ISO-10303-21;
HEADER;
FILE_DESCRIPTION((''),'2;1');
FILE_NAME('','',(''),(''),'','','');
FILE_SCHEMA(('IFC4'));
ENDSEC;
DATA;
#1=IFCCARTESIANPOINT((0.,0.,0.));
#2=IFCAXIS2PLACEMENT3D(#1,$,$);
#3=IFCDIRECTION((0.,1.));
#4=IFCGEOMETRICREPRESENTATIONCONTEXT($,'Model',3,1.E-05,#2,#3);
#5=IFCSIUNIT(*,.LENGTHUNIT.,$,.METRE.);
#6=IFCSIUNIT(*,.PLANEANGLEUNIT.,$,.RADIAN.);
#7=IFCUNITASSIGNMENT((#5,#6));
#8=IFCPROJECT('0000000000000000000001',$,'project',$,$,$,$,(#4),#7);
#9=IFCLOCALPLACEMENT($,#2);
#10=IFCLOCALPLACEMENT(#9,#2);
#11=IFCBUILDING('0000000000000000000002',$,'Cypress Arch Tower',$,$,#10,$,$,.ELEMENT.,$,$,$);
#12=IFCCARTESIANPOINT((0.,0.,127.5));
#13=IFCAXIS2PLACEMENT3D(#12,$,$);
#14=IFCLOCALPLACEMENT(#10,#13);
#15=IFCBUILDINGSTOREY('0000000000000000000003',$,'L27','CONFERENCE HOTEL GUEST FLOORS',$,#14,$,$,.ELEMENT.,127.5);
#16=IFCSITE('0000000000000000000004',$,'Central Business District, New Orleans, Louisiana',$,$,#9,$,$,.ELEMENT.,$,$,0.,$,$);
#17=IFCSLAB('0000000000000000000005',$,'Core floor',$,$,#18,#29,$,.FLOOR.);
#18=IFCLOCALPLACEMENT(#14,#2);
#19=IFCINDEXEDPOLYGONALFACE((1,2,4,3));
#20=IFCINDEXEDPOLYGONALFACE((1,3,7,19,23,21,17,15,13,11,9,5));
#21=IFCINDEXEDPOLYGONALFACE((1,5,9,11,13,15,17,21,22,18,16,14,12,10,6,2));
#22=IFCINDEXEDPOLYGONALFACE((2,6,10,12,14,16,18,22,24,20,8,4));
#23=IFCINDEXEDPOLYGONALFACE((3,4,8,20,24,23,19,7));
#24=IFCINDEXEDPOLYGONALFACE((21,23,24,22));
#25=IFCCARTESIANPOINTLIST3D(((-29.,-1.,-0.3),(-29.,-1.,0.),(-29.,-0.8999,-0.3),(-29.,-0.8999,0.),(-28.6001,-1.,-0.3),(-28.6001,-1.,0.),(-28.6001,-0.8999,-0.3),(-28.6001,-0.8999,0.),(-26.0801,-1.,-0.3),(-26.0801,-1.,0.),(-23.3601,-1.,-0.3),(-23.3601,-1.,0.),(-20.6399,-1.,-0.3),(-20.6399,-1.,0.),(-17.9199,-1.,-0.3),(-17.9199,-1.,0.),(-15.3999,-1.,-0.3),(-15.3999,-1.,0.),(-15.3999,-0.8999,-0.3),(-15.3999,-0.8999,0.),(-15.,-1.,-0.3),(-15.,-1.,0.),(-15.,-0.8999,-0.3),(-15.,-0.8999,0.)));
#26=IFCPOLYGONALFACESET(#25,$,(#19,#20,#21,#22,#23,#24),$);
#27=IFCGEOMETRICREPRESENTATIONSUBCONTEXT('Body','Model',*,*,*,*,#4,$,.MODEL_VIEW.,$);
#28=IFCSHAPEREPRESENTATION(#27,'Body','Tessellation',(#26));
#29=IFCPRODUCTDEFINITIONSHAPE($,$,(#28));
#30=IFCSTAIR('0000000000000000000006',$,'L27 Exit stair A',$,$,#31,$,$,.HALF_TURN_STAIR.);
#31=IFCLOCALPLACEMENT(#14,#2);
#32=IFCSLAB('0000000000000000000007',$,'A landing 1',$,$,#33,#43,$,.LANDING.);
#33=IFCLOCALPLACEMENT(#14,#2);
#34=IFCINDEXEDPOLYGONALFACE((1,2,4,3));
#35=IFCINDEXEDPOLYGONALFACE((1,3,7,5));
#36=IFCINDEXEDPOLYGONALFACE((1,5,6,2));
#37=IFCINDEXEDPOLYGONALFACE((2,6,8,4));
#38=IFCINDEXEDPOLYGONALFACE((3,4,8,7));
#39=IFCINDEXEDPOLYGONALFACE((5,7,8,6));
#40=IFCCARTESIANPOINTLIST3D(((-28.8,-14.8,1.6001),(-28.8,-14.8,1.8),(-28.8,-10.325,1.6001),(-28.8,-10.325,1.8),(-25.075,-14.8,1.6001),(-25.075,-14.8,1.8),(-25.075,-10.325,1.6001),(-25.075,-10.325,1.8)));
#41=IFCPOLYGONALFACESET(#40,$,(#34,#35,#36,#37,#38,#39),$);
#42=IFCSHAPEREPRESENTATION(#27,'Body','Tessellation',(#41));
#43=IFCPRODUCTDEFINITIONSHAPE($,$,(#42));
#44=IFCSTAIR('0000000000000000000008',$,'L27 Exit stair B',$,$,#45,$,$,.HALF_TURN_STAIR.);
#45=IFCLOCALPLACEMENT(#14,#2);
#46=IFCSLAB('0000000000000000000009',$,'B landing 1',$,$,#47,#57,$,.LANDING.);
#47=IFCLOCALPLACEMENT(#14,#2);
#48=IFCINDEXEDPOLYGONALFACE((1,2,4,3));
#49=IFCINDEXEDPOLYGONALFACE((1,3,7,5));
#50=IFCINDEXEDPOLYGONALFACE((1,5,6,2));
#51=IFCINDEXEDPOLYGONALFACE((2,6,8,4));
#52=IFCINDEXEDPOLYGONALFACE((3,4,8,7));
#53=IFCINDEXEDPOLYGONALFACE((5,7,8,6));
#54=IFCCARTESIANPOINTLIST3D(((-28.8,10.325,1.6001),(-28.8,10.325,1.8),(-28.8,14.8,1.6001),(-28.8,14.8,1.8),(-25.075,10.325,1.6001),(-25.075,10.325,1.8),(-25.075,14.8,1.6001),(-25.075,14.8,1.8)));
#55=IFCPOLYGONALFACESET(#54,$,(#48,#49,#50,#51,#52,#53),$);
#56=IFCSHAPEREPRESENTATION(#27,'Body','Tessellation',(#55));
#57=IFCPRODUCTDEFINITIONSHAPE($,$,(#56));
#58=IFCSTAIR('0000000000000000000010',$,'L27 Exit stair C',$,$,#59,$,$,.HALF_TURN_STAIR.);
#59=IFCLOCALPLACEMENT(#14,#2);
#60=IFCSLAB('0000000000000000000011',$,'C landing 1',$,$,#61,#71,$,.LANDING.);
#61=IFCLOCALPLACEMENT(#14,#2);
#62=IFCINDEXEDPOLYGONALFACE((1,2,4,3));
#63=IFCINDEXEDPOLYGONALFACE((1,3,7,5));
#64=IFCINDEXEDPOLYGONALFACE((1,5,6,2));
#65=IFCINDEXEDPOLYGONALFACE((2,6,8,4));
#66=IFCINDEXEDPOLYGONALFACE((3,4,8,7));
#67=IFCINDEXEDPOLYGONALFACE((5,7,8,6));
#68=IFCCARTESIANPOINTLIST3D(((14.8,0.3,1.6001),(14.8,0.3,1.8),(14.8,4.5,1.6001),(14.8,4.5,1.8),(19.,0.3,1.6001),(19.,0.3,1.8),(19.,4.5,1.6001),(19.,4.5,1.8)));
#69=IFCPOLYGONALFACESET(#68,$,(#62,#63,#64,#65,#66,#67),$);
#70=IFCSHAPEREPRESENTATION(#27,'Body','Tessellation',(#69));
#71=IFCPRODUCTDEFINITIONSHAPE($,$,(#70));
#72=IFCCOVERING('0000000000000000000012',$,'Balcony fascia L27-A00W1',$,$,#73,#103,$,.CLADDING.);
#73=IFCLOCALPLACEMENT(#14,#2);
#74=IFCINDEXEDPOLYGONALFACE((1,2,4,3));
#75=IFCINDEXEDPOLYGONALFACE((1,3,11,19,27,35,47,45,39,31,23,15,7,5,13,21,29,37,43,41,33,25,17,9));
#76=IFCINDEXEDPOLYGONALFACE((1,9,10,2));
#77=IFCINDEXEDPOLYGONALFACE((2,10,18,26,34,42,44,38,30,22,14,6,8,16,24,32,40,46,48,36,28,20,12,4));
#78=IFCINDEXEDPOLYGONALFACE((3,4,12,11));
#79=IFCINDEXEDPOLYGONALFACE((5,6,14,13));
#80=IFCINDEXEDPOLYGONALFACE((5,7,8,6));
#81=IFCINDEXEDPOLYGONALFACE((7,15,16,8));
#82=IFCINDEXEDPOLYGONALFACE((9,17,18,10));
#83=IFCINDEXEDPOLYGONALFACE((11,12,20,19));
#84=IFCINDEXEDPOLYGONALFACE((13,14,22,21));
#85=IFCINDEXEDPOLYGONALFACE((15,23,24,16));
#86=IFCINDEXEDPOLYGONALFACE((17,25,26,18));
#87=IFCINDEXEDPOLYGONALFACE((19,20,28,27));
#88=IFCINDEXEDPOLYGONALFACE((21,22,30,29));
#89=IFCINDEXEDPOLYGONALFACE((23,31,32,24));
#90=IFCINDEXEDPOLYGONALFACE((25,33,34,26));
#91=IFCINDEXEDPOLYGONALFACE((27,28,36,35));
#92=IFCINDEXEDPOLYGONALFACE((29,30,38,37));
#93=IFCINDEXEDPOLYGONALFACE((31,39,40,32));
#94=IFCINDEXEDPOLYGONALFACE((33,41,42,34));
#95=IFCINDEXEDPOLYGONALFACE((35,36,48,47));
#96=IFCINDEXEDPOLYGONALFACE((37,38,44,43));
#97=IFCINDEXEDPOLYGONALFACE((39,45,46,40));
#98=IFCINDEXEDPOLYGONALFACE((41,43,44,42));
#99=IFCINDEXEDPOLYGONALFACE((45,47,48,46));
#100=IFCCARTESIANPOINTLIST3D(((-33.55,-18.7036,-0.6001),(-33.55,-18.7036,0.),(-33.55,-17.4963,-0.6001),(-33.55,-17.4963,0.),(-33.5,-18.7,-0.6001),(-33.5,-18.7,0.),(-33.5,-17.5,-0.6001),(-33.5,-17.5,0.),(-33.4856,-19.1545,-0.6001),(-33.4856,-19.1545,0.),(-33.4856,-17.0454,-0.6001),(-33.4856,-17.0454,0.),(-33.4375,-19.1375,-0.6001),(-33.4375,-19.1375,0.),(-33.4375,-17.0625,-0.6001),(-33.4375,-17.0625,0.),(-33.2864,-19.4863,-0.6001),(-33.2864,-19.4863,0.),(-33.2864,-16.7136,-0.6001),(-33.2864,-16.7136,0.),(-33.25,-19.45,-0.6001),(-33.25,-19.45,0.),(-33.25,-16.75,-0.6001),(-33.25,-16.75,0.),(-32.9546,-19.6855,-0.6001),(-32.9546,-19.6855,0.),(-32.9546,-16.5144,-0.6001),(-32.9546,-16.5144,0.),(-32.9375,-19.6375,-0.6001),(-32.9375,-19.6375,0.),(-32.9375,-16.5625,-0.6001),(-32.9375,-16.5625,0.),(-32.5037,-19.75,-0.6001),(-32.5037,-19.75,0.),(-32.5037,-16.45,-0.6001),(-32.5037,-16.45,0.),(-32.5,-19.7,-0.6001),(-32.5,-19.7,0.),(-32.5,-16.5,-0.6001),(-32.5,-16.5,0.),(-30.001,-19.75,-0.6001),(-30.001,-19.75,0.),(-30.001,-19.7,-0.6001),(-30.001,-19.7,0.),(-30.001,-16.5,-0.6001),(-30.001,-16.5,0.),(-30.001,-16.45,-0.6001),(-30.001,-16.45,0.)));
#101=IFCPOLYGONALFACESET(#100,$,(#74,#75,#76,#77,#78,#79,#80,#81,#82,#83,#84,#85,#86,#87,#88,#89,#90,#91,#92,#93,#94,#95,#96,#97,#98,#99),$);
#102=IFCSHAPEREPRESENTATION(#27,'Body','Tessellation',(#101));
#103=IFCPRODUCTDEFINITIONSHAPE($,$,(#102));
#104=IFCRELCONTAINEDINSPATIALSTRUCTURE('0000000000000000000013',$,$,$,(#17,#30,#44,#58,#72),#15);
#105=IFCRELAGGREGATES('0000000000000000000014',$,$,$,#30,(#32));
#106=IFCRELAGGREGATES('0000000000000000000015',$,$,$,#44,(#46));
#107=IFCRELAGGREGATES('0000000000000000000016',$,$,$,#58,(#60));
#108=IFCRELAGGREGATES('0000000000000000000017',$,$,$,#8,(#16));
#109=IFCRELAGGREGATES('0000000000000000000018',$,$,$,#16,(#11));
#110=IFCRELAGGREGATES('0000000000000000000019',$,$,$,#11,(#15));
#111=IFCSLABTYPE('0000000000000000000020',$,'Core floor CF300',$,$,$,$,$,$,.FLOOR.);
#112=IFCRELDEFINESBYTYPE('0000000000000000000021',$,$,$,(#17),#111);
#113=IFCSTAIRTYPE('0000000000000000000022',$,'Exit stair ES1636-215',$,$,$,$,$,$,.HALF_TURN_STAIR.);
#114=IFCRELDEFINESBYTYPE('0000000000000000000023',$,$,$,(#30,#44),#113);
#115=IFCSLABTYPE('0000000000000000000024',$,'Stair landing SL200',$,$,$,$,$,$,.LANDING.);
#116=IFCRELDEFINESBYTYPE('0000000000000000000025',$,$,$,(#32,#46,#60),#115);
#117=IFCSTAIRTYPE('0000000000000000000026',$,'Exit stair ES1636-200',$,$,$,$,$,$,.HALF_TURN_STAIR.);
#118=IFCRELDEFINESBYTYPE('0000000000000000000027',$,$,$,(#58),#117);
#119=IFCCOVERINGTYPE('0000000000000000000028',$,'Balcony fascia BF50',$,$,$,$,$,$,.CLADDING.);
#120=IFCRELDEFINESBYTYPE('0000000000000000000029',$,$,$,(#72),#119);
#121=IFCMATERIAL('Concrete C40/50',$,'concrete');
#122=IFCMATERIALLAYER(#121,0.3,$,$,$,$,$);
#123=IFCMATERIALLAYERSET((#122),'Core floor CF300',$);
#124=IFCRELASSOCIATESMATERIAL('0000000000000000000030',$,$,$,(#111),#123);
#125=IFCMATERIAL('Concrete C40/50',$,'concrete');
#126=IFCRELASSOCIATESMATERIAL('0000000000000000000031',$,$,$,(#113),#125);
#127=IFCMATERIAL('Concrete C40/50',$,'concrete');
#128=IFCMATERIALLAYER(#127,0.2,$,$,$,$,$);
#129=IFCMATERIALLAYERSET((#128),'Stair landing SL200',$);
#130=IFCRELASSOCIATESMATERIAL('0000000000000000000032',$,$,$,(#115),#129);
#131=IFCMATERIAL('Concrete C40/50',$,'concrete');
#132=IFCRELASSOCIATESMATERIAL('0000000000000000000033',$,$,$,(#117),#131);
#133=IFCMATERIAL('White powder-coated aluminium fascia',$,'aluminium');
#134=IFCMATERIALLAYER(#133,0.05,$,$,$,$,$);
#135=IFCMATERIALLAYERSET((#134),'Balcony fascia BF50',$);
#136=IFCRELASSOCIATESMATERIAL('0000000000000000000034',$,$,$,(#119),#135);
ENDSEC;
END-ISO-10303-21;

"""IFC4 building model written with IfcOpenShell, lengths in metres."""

from ifc_helpers import new_model, si_unit, direction, frame, origin, place, context, subcontext, project, spatial, polyline, outline, extrude, material, layer, layer_set, type_object, element, aggregate, save


model = new_model("IFC4")

# Units and contexts
model_context = context("Model", 3, precision=1e-05, world=origin(), true_north=direction((0.0, 1.0)))
body_context = subcontext(model_context, "Body", "Model", "MODEL_VIEW")
ifc_project = project(units=[si_unit("LENGTHUNIT", "METRE"), si_unit("PLANEANGLEUNIT", "RADIAN")], contexts=[model_context])

# Site, building, storey
site_placement = place(None, origin())
site = spatial("IfcSite", under=ifc_project, at=site_placement, Name="Central Business District, New Orleans, Louisiana", CompositionType="ELEMENT", RefElevation=0.0)
building_placement = place(site_placement, origin())
building = spatial("IfcBuilding", under=site, at=building_placement, Name="Cypress Arch Tower", CompositionType="ELEMENT")
storey_placement = place(building_placement, frame((0.0, 0.0, 127.5)))
storey = spatial("IfcBuildingStorey", under=building, at=storey_placement, Name="L27", Description="CONFERENCE HOTEL GUEST FLOORS", CompositionType="ELEMENT", Elevation=127.5)

# Slab
ifc_material_1 = material(Name="Concrete C40/50", Category="concrete")
ifc_layer_1 = layer(ifc_material_1, 0.3)
ifc_layer_set_1 = layer_set([ifc_layer_1], Name="Core floor CF300")
slab_type_1 = type_object("IfcSlabType", Name="Core floor CF300", PredefinedType="FLOOR", material=ifc_layer_set_1)
slab_1_placement = place(storey_placement, frame((0.0, 0.0, -0.3)))
element("IfcSlab", 1, at=slab_1_placement, inside=storey, type_object=slab_type_1, Name="Core floor", PredefinedType="FLOOR", context=body_context, shape_type="SweptSolid", body=[
    extrude(outline(polyline([(-20.6399, -1.0), (-23.3601, -1.0), (-26.0801, -1.0), (-28.6001, -1.0), (-29.0, -1.0), (-29.0, -0.8999), (-28.6001, -0.8999), (-15.3999, -0.8999), (-15.0, -0.8999), (-15.0, -1.0), (-15.3999, -1.0), (-17.9199, -1.0), (-20.6399, -1.0)])), origin(), (0.0, 0.0, 1.0), 0.3),
])

# Stairs, slabs
ifc_material_2 = material(Name="Concrete C40/50", Category="concrete")
stair_type_1 = type_object("IfcStairType", Name="Exit stair ES1636-215", PredefinedType="HALF_TURN_STAIR", material=ifc_material_2)
stair_1_placement = place(storey_placement, origin())
stair_1 = element("IfcStair", 2, at=stair_1_placement, inside=storey, type_object=stair_type_1, Name="L27 Exit stair A", PredefinedType="HALF_TURN_STAIR")
ifc_material_3 = material(Name="Concrete C40/50", Category="concrete")
ifc_layer_2 = layer(ifc_material_3, 0.2)
ifc_layer_set_2 = layer_set([ifc_layer_2], Name="Stair landing SL200")
slab_type_2 = type_object("IfcSlabType", Name="Stair landing SL200", PredefinedType="LANDING", material=ifc_layer_set_2)
slab_2_placement = place(storey_placement, frame((0.0, 0.0, 1.6001)))
slab_2 = element("IfcSlab", 3, at=slab_2_placement, type_object=slab_type_2, Name="A landing 1", PredefinedType="LANDING", context=body_context, shape_type="SweptSolid", body=[
    extrude(outline(polyline([(-25.075, -10.325), (-28.8, -10.325), (-28.8, -14.8), (-25.075, -14.8), (-25.075, -10.325)])), origin(), (0.0, 0.0, 1.0), 0.2),
])
aggregate(stair_1, [slab_2])
stair_2_placement = place(storey_placement, origin())
stair_2 = element("IfcStair", 4, at=stair_2_placement, inside=storey, type_object=stair_type_1, Name="L27 Exit stair B", PredefinedType="HALF_TURN_STAIR")
slab_3_placement = place(storey_placement, frame((0.0, 0.0, 1.6001)))
slab_3 = element("IfcSlab", 5, at=slab_3_placement, type_object=slab_type_2, Name="B landing 1", PredefinedType="LANDING", context=body_context, shape_type="SweptSolid", body=[
    extrude(outline(polyline([(-25.075, 14.8), (-28.8, 14.8), (-28.8, 10.325), (-25.075, 10.325), (-25.075, 14.8)])), origin(), (0.0, 0.0, 1.0), 0.2),
])
aggregate(stair_2, [slab_3])
ifc_material_4 = material(Name="Concrete C40/50", Category="concrete")
stair_type_2 = type_object("IfcStairType", Name="Exit stair ES1636-200", PredefinedType="HALF_TURN_STAIR", material=ifc_material_4)
stair_3_placement = place(storey_placement, origin())
stair_3 = element("IfcStair", 6, at=stair_3_placement, inside=storey, type_object=stair_type_2, Name="L27 Exit stair C", PredefinedType="HALF_TURN_STAIR")
slab_4_placement = place(storey_placement, frame((0.0, 0.0, 1.6001)))
slab_4 = element("IfcSlab", 7, at=slab_4_placement, type_object=slab_type_2, Name="C landing 1", PredefinedType="LANDING", context=body_context, shape_type="SweptSolid", body=[
    extrude(outline(polyline([(19.0, 0.3), (19.0, 4.5), (14.8, 4.5), (14.8, 0.3), (19.0, 0.3)])), origin(), (0.0, 0.0, 1.0), 0.2),
])
aggregate(stair_3, [slab_4])

# Covering
ifc_material_5 = material(Name="White powder-coated aluminium fascia", Category="aluminium")
ifc_layer_3 = layer(ifc_material_5, 0.05)
ifc_layer_set_3 = layer_set([ifc_layer_3], Name="Balcony fascia BF50")
covering_type_1 = type_object("IfcCoveringType", Name="Balcony fascia BF50", PredefinedType="CLADDING", material=ifc_layer_set_3)
covering_1_placement = place(storey_placement, frame((0.0, 0.0, -0.6001)))
element("IfcCovering", 8, at=covering_1_placement, inside=storey, type_object=covering_type_1, Name="Balcony fascia L27-A00W1", PredefinedType="CLADDING", context=body_context, shape_type="SweptSolid", body=[
    extrude(outline(polyline([(-32.5037, -19.75), (-32.9546, -19.6855), (-33.2864, -19.4863), (-33.4856, -19.1545), (-33.55, -18.7036), (-33.55, -17.4963), (-33.4856, -17.0454), (-33.2864, -16.7136), (-32.9546, -16.5144), (-32.5037, -16.45), (-30.001, -16.45), (-30.001, -16.5), (-32.5, -16.5), (-32.9375, -16.5625), (-33.25, -16.75), (-33.4375, -17.0625), (-33.5, -17.5), (-33.5, -18.7), (-33.4375, -19.1375), (-33.25, -19.45), (-32.9375, -19.6375), (-32.5, -19.7), (-30.001, -19.7), (-30.001, -19.75), (-32.5037, -19.75)])), origin(), (0.0, 0.0, 1.0), 0.6001),
])

save(model, "model.ifc")
